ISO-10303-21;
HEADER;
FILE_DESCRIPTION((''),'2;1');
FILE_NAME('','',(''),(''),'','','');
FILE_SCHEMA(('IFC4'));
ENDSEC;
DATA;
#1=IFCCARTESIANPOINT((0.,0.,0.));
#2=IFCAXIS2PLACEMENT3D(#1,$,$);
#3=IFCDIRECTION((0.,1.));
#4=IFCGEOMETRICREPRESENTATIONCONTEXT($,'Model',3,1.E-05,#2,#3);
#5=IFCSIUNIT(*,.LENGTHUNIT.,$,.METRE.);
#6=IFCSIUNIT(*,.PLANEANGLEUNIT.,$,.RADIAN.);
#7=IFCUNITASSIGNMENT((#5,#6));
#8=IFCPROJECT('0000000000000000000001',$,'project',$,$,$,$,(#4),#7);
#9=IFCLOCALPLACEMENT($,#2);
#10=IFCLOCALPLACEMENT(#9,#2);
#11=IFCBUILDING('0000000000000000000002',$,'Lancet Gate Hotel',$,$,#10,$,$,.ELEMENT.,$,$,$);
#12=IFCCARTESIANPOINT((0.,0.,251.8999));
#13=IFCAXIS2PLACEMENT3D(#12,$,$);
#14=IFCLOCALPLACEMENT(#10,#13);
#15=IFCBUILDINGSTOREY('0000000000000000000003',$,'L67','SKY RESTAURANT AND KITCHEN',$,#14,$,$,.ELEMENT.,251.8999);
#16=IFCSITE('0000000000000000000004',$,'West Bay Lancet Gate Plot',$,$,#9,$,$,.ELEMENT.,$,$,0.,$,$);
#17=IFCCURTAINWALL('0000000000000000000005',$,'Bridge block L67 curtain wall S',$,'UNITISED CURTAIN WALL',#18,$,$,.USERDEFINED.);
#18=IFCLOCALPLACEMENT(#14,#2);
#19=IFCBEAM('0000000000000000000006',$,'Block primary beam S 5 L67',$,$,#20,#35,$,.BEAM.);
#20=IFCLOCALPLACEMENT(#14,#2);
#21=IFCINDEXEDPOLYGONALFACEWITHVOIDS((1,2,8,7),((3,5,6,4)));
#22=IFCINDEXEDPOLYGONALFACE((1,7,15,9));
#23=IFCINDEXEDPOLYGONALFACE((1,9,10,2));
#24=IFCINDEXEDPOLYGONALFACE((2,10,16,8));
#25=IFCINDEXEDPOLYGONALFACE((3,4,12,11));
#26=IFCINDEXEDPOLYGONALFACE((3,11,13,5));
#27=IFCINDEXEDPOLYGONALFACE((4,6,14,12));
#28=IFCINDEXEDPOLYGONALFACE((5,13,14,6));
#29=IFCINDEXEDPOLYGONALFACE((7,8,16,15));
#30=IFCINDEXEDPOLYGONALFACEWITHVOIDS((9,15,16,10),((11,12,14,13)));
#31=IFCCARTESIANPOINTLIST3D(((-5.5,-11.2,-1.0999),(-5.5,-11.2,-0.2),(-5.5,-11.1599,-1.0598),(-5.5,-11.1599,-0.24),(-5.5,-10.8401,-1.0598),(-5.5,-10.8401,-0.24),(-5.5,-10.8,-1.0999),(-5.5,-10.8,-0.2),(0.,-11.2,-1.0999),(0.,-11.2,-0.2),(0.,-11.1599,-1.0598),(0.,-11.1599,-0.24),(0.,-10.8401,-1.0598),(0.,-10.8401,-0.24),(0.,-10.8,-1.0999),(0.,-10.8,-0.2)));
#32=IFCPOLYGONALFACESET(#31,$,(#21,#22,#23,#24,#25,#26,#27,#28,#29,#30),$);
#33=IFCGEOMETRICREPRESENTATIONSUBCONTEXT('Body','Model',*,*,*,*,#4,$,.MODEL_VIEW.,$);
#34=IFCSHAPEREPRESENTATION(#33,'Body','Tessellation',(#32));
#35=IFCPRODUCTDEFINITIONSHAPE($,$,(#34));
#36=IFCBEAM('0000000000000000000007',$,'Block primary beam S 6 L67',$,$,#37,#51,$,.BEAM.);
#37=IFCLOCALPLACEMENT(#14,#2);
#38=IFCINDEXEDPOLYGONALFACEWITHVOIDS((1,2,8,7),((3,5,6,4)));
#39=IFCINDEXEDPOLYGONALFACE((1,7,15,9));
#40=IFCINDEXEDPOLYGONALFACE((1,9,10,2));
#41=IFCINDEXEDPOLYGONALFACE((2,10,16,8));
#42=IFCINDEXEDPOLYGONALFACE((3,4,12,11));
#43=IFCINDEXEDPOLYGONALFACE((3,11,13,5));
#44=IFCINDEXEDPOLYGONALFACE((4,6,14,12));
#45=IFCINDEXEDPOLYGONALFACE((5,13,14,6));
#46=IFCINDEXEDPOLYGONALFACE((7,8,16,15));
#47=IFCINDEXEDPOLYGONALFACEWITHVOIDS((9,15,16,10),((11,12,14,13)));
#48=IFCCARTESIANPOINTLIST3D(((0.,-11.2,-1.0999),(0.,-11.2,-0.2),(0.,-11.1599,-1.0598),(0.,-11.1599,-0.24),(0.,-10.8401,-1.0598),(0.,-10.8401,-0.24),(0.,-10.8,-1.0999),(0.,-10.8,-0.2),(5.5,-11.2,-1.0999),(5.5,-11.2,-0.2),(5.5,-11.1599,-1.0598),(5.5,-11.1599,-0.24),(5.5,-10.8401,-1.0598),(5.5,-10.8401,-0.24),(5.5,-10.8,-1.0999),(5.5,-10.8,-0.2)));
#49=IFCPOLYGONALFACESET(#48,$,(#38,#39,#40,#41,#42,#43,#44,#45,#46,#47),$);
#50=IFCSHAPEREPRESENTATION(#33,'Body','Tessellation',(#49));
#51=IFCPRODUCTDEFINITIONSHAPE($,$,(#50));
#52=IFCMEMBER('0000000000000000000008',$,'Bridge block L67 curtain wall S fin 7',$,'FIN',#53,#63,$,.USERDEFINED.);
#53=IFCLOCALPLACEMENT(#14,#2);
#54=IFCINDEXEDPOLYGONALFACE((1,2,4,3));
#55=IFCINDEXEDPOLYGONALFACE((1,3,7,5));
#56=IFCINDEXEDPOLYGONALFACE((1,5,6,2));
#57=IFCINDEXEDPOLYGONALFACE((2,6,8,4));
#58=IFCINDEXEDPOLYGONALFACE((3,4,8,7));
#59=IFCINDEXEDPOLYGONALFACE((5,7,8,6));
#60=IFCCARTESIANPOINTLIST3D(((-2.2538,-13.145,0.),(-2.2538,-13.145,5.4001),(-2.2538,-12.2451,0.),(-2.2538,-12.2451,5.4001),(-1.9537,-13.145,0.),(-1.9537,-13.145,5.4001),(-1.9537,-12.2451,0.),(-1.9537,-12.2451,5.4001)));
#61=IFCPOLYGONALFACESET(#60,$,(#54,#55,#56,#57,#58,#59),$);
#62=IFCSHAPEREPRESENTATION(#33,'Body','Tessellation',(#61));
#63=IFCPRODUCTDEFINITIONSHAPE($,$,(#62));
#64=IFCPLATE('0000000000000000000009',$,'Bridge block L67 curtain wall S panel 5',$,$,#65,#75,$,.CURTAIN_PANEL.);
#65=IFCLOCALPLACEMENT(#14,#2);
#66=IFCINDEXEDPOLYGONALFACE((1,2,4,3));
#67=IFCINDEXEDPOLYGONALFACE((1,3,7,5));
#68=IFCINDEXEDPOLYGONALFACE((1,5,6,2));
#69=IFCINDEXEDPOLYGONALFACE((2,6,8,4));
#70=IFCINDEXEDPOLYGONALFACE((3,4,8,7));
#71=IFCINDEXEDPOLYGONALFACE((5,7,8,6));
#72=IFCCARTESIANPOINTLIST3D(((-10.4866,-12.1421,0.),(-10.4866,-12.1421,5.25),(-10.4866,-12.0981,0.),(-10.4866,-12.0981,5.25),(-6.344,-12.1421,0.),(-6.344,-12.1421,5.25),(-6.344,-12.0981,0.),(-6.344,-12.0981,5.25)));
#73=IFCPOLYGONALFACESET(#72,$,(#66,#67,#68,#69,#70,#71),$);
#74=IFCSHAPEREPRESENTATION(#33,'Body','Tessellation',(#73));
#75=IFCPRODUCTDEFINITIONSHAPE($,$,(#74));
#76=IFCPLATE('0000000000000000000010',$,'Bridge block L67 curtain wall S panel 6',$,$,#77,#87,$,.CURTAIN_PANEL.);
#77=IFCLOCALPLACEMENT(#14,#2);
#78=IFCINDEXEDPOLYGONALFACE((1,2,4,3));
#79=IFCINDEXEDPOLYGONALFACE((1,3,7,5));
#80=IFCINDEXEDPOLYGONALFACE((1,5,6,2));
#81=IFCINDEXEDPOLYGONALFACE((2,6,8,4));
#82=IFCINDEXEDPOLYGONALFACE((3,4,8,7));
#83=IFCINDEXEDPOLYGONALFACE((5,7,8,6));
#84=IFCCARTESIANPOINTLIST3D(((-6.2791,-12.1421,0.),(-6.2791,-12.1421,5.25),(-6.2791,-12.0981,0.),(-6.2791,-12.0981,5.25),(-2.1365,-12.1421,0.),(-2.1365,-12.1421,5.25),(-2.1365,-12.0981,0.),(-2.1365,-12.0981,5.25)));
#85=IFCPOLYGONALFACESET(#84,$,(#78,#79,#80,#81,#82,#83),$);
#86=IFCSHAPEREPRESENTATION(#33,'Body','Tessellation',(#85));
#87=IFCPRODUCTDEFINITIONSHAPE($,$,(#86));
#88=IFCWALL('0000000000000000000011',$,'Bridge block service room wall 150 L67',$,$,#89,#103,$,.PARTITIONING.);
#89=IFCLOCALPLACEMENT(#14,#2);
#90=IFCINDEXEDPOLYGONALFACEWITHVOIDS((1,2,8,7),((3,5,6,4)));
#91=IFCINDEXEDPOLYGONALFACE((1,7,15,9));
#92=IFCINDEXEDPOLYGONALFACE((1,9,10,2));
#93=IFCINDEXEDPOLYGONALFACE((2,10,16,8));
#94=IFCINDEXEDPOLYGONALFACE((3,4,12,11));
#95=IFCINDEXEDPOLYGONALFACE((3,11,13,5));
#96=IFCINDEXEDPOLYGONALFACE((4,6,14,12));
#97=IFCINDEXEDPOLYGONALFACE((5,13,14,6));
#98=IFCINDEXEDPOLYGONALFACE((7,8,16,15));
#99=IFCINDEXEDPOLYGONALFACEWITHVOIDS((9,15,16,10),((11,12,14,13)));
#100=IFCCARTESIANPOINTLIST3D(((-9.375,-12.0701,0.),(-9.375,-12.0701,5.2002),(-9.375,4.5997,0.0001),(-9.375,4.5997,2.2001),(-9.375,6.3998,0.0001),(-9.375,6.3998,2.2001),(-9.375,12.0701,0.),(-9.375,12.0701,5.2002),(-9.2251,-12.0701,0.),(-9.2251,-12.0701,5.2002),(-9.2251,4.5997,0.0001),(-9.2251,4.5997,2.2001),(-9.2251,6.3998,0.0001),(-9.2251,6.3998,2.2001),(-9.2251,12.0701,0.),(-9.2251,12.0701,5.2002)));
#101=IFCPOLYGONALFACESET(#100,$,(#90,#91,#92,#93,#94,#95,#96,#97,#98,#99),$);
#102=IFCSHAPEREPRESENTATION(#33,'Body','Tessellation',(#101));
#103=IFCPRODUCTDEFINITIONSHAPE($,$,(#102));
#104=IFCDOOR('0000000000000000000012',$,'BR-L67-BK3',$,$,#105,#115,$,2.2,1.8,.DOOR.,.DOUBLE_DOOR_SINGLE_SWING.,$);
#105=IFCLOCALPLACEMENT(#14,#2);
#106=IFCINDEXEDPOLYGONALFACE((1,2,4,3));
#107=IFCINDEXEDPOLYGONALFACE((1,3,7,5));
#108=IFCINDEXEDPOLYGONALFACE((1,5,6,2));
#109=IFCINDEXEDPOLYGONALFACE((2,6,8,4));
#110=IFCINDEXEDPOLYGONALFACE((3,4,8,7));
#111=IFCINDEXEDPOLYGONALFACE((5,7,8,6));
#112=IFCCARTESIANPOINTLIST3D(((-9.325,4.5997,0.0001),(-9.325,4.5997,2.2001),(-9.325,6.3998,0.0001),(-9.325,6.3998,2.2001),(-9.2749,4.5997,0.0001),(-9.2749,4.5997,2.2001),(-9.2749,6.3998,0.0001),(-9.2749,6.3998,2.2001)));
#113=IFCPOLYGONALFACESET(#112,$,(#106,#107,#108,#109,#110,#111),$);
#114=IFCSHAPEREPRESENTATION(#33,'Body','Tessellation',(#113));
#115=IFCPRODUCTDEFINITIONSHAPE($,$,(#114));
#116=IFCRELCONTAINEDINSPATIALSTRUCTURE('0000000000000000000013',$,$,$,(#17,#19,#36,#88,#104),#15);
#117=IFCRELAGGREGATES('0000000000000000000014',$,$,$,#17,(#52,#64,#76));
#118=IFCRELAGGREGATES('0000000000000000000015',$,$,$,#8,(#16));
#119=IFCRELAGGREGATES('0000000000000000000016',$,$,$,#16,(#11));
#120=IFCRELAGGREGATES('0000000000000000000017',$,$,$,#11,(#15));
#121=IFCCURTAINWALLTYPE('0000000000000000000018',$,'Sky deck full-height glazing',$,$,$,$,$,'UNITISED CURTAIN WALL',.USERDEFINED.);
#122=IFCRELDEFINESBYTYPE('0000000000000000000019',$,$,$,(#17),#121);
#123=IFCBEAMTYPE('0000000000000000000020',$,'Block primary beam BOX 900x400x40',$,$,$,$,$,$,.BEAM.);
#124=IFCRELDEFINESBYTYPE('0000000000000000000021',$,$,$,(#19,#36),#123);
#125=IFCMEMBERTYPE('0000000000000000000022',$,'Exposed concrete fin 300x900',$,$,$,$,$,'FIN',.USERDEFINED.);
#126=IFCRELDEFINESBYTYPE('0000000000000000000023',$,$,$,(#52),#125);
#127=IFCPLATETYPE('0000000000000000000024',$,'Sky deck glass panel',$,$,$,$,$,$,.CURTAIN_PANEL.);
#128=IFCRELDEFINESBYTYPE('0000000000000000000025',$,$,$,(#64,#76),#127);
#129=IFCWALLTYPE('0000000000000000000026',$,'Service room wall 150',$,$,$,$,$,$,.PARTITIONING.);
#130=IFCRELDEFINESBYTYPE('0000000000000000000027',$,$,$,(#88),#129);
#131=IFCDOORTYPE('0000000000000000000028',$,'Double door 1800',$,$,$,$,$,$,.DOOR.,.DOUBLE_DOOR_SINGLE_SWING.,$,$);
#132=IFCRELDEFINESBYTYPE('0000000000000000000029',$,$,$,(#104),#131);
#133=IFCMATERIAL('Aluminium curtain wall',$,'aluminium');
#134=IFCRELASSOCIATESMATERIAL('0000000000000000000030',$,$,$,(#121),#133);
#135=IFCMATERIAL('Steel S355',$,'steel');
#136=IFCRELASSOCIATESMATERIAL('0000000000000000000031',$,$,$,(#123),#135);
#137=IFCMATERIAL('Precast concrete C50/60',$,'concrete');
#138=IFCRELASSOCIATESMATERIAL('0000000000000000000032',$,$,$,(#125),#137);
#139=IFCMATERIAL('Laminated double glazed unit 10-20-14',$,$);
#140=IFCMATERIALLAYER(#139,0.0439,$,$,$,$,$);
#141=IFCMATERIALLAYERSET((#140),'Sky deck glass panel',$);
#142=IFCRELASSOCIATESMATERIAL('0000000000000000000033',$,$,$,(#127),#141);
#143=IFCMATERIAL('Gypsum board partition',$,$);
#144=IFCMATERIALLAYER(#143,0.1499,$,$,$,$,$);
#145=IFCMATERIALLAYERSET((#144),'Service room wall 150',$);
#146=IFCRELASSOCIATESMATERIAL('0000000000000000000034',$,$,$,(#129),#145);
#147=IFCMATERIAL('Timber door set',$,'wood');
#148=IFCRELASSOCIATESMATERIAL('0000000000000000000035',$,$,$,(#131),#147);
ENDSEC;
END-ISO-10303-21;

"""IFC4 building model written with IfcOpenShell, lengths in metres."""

from ifc_helpers import new_model, si_unit, direction, frame, frame_2d, origin, origin_2d, place, context, subcontext, project, spatial, rectangle, hollow_rectangle, extrude, material, layer, layer_set, material_profile, profile_set, type_object, element, fill, aggregate, save


model = new_model("IFC4")

# Units and contexts
model_context = context("Model", 3, precision=1e-05, world=origin(), true_north=direction((0.0, 1.0)))
body_context = subcontext(model_context, "Body", "Model", "MODEL_VIEW")
ifc_project = project(units=[si_unit("LENGTHUNIT", "METRE"), si_unit("PLANEANGLEUNIT", "RADIAN")], contexts=[model_context])

# Site, building, storey
site_placement = place(None, origin())
site = spatial("IfcSite", under=ifc_project, at=site_placement, Name="West Bay Lancet Gate Plot", CompositionType="ELEMENT", RefElevation=0.0)
building_placement = place(site_placement, origin())
building = spatial("IfcBuilding", under=site, at=building_placement, Name="Lancet Gate Hotel", CompositionType="ELEMENT")
storey_placement = place(building_placement, frame((0.0, 0.0, 251.8999)))
storey = spatial("IfcBuildingStorey", under=building, at=storey_placement, Name="L67", Description="SKY RESTAURANT AND KITCHEN", CompositionType="ELEMENT", Elevation=251.8999)

# Curtain wall
ifc_material_1 = material(Name="Aluminium curtain wall", Category="aluminium")
curtain_wall_type = type_object("IfcCurtainWallType", Name="Sky deck full-height glazing", ElementType="UNITISED CURTAIN WALL", PredefinedType="USERDEFINED", material=ifc_material_1)
curtain_wall_placement = place(storey_placement, origin())
curtain_wall = element("IfcCurtainWall", 1, at=curtain_wall_placement, inside=storey, type_object=curtain_wall_type, Name="Bridge block L67 curtain wall S", ObjectType="UNITISED CURTAIN WALL", PredefinedType="USERDEFINED")

# Beams
ifc_material_2 = material(Name="Steel S355", Category="steel")
ifc_material_profile_1 = material_profile(ifc_material_2, hollow_rectangle(XDim=0.3999, YDim=0.8999, WallThickness=0.04, at=origin_2d()), Name="BOX 900x400x40")
ifc_profile_set_1 = profile_set([ifc_material_profile_1], Name="Steel S355")
beam_type_1 = type_object("IfcBeamType", Name="Block primary beam BOX 900x400x40", PredefinedType="BEAM", material=ifc_profile_set_1)
for number, where, z_axis, x_axis, name in (
    (2, (-5.5, -11.0, -0.6499), (1.0, 0.0, 0.0), (0.0, 1.0, 0.0), "Block primary beam S 5 L67"),
    (3, (0.0, -11.0, -0.6499), (1.0, 0.0, 0.0), (0.0, 1.0, 0.0), "Block primary beam S 6 L67"),
):
    element("IfcBeam", number, at=place(storey_placement, frame(where, z_axis=z_axis, x_axis=x_axis)), inside=storey, type_object=beam_type_1, Name=name, PredefinedType="BEAM", context=body_context, shape_type="SweptSolid", body=[
        extrude(hollow_rectangle(XDim=0.3999, YDim=0.8999, WallThickness=0.04, at=origin_2d()), origin(), (0.0, 0.0, 1.0), 5.5),
    ])

# Member
ifc_material_3 = material(Name="Precast concrete C50/60", Category="concrete")
ifc_material_profile_2 = material_profile(ifc_material_3, rectangle(XDim=0.3, YDim=0.8999, at=origin_2d()), Name="FIN 300x900")
ifc_profile_set_2 = profile_set([ifc_material_profile_2], Name="Precast concrete C50/60")
member_type_1 = type_object("IfcMemberType", Name="Exposed concrete fin 300x900", ElementType="FIN", PredefinedType="USERDEFINED", material=ifc_profile_set_2)
member_1_placement = place(storey_placement, frame((-2.1038, -12.6951, 0.0), z_axis=(0.0, 0.0, 1.0), x_axis=(1.0, 0.0, 0.0)))
member_1 = element("IfcMember", 4, at=member_1_placement, type_object=member_type_1, Name="Bridge block L67 curtain wall S fin 7", ObjectType="FIN", PredefinedType="USERDEFINED", context=body_context, shape_type="SweptSolid", body=[
    extrude(rectangle(XDim=0.3, YDim=0.8999, at=origin_2d()), origin(), (0.0, 0.0, 1.0), 5.4001),
])

# Plates
ifc_material_4 = material(Name="Laminated double glazed unit 10-20-14")
ifc_layer_1 = layer(ifc_material_4, 0.0439)
ifc_layer_set_1 = layer_set([ifc_layer_1], Name="Sky deck glass panel")
plate_type = type_object("IfcPlateType", Name="Sky deck glass panel", PredefinedType="CURTAIN_PANEL", material=ifc_layer_set_1)
plate_1_placement = place(storey_placement, frame((-8.4153, -12.1201, 0.0), z_axis=(0.0, 0.0, 1.0), x_axis=(1.0, 0.0, 0.0)))
plate_1 = element("IfcPlate", 5, at=plate_1_placement, type_object=plate_type, Name="Bridge block L67 curtain wall S panel 5", PredefinedType="CURTAIN_PANEL", context=body_context, shape_type="SweptSolid", body=[
    extrude(rectangle(XDim=4.1426, YDim=0.0439, at=origin_2d()), origin(), (0.0, 0.0, 1.0), 5.25),
])
plate_2_placement = place(storey_placement, frame((-4.2078, -12.1201, 0.0), z_axis=(0.0, 0.0, 1.0), x_axis=(1.0, 0.0, 0.0)))
plate_2 = element("IfcPlate", 6, at=plate_2_placement, type_object=plate_type, Name="Bridge block L67 curtain wall S panel 6", PredefinedType="CURTAIN_PANEL", context=body_context, shape_type="SweptSolid", body=[
    extrude(rectangle(XDim=4.1426, YDim=0.0439, at=origin_2d()), origin(), (0.0, 0.0, 1.0), 5.25),
])
aggregate(curtain_wall, [member_1, plate_1, plate_2])

# Wall, opening, door
ifc_material_5 = material(Name="Gypsum board partition")
ifc_layer_2 = layer(ifc_material_5, 0.1499)
ifc_layer_set_2 = layer_set([ifc_layer_2], Name="Service room wall 150")
wall_type = type_object("IfcWallType", Name="Service room wall 150", PredefinedType="PARTITIONING", material=ifc_layer_set_2)
wall_placement = place(storey_placement, frame((-9.3, -12.0701, 0.0), z_axis=(0.0, 0.0, 1.0), x_axis=(0.0, 1.0, 0.0)))
wall = element("IfcWall", 7, at=wall_placement, inside=storey, type_object=wall_type, Name="Bridge block service room wall 150 L67", PredefinedType="PARTITIONING", context=body_context, shape_type="SweptSolid", body=[
    extrude(rectangle(XDim=24.1401, YDim=0.1499, at=frame_2d((12.0701, 0.0))), origin(), (0.0, 0.0, 1.0), 5.2002),
])
opening_placement = place(wall_placement, frame((16.6699, 0.0, 0.0)))
opening = element("IfcOpeningElement", 8, at=opening_placement, cuts=wall, PredefinedType="OPENING", context=body_context, shape_type="SweptSolid", body=[
    extrude(rectangle(XDim=1.8, YDim=2.2, at=frame_2d((0.8999, 1.1001))), frame((0.0, 0.085, 0.0), z_axis=(0.0, -1.0, 0.0), x_axis=(1.0, 0.0, 0.0)), (0.0, 0.0, 1.0), 0.1699),
])
ifc_material_6 = material(Name="Timber door set", Category="wood")
door_type = type_object("IfcDoorType", Name="Double door 1800", OperationType="DOUBLE_DOOR_SINGLE_SWING", PredefinedType="DOOR", material=ifc_material_6)
door_placement = place(opening_placement, origin())
door = element("IfcDoor", 9, at=door_placement, inside=storey, type_object=door_type, Name="BR-L67-BK3", OperationType="DOUBLE_DOOR_SINGLE_SWING", OverallHeight=2.2, OverallWidth=1.8, PredefinedType="DOOR", context=body_context, shape_type="SweptSolid", body=[
    extrude(rectangle(XDim=1.8, YDim=2.2, at=frame_2d((0.8999, 1.1001))), frame((0.0, 0.0249, 0.0), z_axis=(0.0, -1.0, 0.0), x_axis=(1.0, 0.0, 0.0)), (0.0, 0.0, 1.0), 0.05),
])
fill(opening, door)

save(model, "model.ifc")
